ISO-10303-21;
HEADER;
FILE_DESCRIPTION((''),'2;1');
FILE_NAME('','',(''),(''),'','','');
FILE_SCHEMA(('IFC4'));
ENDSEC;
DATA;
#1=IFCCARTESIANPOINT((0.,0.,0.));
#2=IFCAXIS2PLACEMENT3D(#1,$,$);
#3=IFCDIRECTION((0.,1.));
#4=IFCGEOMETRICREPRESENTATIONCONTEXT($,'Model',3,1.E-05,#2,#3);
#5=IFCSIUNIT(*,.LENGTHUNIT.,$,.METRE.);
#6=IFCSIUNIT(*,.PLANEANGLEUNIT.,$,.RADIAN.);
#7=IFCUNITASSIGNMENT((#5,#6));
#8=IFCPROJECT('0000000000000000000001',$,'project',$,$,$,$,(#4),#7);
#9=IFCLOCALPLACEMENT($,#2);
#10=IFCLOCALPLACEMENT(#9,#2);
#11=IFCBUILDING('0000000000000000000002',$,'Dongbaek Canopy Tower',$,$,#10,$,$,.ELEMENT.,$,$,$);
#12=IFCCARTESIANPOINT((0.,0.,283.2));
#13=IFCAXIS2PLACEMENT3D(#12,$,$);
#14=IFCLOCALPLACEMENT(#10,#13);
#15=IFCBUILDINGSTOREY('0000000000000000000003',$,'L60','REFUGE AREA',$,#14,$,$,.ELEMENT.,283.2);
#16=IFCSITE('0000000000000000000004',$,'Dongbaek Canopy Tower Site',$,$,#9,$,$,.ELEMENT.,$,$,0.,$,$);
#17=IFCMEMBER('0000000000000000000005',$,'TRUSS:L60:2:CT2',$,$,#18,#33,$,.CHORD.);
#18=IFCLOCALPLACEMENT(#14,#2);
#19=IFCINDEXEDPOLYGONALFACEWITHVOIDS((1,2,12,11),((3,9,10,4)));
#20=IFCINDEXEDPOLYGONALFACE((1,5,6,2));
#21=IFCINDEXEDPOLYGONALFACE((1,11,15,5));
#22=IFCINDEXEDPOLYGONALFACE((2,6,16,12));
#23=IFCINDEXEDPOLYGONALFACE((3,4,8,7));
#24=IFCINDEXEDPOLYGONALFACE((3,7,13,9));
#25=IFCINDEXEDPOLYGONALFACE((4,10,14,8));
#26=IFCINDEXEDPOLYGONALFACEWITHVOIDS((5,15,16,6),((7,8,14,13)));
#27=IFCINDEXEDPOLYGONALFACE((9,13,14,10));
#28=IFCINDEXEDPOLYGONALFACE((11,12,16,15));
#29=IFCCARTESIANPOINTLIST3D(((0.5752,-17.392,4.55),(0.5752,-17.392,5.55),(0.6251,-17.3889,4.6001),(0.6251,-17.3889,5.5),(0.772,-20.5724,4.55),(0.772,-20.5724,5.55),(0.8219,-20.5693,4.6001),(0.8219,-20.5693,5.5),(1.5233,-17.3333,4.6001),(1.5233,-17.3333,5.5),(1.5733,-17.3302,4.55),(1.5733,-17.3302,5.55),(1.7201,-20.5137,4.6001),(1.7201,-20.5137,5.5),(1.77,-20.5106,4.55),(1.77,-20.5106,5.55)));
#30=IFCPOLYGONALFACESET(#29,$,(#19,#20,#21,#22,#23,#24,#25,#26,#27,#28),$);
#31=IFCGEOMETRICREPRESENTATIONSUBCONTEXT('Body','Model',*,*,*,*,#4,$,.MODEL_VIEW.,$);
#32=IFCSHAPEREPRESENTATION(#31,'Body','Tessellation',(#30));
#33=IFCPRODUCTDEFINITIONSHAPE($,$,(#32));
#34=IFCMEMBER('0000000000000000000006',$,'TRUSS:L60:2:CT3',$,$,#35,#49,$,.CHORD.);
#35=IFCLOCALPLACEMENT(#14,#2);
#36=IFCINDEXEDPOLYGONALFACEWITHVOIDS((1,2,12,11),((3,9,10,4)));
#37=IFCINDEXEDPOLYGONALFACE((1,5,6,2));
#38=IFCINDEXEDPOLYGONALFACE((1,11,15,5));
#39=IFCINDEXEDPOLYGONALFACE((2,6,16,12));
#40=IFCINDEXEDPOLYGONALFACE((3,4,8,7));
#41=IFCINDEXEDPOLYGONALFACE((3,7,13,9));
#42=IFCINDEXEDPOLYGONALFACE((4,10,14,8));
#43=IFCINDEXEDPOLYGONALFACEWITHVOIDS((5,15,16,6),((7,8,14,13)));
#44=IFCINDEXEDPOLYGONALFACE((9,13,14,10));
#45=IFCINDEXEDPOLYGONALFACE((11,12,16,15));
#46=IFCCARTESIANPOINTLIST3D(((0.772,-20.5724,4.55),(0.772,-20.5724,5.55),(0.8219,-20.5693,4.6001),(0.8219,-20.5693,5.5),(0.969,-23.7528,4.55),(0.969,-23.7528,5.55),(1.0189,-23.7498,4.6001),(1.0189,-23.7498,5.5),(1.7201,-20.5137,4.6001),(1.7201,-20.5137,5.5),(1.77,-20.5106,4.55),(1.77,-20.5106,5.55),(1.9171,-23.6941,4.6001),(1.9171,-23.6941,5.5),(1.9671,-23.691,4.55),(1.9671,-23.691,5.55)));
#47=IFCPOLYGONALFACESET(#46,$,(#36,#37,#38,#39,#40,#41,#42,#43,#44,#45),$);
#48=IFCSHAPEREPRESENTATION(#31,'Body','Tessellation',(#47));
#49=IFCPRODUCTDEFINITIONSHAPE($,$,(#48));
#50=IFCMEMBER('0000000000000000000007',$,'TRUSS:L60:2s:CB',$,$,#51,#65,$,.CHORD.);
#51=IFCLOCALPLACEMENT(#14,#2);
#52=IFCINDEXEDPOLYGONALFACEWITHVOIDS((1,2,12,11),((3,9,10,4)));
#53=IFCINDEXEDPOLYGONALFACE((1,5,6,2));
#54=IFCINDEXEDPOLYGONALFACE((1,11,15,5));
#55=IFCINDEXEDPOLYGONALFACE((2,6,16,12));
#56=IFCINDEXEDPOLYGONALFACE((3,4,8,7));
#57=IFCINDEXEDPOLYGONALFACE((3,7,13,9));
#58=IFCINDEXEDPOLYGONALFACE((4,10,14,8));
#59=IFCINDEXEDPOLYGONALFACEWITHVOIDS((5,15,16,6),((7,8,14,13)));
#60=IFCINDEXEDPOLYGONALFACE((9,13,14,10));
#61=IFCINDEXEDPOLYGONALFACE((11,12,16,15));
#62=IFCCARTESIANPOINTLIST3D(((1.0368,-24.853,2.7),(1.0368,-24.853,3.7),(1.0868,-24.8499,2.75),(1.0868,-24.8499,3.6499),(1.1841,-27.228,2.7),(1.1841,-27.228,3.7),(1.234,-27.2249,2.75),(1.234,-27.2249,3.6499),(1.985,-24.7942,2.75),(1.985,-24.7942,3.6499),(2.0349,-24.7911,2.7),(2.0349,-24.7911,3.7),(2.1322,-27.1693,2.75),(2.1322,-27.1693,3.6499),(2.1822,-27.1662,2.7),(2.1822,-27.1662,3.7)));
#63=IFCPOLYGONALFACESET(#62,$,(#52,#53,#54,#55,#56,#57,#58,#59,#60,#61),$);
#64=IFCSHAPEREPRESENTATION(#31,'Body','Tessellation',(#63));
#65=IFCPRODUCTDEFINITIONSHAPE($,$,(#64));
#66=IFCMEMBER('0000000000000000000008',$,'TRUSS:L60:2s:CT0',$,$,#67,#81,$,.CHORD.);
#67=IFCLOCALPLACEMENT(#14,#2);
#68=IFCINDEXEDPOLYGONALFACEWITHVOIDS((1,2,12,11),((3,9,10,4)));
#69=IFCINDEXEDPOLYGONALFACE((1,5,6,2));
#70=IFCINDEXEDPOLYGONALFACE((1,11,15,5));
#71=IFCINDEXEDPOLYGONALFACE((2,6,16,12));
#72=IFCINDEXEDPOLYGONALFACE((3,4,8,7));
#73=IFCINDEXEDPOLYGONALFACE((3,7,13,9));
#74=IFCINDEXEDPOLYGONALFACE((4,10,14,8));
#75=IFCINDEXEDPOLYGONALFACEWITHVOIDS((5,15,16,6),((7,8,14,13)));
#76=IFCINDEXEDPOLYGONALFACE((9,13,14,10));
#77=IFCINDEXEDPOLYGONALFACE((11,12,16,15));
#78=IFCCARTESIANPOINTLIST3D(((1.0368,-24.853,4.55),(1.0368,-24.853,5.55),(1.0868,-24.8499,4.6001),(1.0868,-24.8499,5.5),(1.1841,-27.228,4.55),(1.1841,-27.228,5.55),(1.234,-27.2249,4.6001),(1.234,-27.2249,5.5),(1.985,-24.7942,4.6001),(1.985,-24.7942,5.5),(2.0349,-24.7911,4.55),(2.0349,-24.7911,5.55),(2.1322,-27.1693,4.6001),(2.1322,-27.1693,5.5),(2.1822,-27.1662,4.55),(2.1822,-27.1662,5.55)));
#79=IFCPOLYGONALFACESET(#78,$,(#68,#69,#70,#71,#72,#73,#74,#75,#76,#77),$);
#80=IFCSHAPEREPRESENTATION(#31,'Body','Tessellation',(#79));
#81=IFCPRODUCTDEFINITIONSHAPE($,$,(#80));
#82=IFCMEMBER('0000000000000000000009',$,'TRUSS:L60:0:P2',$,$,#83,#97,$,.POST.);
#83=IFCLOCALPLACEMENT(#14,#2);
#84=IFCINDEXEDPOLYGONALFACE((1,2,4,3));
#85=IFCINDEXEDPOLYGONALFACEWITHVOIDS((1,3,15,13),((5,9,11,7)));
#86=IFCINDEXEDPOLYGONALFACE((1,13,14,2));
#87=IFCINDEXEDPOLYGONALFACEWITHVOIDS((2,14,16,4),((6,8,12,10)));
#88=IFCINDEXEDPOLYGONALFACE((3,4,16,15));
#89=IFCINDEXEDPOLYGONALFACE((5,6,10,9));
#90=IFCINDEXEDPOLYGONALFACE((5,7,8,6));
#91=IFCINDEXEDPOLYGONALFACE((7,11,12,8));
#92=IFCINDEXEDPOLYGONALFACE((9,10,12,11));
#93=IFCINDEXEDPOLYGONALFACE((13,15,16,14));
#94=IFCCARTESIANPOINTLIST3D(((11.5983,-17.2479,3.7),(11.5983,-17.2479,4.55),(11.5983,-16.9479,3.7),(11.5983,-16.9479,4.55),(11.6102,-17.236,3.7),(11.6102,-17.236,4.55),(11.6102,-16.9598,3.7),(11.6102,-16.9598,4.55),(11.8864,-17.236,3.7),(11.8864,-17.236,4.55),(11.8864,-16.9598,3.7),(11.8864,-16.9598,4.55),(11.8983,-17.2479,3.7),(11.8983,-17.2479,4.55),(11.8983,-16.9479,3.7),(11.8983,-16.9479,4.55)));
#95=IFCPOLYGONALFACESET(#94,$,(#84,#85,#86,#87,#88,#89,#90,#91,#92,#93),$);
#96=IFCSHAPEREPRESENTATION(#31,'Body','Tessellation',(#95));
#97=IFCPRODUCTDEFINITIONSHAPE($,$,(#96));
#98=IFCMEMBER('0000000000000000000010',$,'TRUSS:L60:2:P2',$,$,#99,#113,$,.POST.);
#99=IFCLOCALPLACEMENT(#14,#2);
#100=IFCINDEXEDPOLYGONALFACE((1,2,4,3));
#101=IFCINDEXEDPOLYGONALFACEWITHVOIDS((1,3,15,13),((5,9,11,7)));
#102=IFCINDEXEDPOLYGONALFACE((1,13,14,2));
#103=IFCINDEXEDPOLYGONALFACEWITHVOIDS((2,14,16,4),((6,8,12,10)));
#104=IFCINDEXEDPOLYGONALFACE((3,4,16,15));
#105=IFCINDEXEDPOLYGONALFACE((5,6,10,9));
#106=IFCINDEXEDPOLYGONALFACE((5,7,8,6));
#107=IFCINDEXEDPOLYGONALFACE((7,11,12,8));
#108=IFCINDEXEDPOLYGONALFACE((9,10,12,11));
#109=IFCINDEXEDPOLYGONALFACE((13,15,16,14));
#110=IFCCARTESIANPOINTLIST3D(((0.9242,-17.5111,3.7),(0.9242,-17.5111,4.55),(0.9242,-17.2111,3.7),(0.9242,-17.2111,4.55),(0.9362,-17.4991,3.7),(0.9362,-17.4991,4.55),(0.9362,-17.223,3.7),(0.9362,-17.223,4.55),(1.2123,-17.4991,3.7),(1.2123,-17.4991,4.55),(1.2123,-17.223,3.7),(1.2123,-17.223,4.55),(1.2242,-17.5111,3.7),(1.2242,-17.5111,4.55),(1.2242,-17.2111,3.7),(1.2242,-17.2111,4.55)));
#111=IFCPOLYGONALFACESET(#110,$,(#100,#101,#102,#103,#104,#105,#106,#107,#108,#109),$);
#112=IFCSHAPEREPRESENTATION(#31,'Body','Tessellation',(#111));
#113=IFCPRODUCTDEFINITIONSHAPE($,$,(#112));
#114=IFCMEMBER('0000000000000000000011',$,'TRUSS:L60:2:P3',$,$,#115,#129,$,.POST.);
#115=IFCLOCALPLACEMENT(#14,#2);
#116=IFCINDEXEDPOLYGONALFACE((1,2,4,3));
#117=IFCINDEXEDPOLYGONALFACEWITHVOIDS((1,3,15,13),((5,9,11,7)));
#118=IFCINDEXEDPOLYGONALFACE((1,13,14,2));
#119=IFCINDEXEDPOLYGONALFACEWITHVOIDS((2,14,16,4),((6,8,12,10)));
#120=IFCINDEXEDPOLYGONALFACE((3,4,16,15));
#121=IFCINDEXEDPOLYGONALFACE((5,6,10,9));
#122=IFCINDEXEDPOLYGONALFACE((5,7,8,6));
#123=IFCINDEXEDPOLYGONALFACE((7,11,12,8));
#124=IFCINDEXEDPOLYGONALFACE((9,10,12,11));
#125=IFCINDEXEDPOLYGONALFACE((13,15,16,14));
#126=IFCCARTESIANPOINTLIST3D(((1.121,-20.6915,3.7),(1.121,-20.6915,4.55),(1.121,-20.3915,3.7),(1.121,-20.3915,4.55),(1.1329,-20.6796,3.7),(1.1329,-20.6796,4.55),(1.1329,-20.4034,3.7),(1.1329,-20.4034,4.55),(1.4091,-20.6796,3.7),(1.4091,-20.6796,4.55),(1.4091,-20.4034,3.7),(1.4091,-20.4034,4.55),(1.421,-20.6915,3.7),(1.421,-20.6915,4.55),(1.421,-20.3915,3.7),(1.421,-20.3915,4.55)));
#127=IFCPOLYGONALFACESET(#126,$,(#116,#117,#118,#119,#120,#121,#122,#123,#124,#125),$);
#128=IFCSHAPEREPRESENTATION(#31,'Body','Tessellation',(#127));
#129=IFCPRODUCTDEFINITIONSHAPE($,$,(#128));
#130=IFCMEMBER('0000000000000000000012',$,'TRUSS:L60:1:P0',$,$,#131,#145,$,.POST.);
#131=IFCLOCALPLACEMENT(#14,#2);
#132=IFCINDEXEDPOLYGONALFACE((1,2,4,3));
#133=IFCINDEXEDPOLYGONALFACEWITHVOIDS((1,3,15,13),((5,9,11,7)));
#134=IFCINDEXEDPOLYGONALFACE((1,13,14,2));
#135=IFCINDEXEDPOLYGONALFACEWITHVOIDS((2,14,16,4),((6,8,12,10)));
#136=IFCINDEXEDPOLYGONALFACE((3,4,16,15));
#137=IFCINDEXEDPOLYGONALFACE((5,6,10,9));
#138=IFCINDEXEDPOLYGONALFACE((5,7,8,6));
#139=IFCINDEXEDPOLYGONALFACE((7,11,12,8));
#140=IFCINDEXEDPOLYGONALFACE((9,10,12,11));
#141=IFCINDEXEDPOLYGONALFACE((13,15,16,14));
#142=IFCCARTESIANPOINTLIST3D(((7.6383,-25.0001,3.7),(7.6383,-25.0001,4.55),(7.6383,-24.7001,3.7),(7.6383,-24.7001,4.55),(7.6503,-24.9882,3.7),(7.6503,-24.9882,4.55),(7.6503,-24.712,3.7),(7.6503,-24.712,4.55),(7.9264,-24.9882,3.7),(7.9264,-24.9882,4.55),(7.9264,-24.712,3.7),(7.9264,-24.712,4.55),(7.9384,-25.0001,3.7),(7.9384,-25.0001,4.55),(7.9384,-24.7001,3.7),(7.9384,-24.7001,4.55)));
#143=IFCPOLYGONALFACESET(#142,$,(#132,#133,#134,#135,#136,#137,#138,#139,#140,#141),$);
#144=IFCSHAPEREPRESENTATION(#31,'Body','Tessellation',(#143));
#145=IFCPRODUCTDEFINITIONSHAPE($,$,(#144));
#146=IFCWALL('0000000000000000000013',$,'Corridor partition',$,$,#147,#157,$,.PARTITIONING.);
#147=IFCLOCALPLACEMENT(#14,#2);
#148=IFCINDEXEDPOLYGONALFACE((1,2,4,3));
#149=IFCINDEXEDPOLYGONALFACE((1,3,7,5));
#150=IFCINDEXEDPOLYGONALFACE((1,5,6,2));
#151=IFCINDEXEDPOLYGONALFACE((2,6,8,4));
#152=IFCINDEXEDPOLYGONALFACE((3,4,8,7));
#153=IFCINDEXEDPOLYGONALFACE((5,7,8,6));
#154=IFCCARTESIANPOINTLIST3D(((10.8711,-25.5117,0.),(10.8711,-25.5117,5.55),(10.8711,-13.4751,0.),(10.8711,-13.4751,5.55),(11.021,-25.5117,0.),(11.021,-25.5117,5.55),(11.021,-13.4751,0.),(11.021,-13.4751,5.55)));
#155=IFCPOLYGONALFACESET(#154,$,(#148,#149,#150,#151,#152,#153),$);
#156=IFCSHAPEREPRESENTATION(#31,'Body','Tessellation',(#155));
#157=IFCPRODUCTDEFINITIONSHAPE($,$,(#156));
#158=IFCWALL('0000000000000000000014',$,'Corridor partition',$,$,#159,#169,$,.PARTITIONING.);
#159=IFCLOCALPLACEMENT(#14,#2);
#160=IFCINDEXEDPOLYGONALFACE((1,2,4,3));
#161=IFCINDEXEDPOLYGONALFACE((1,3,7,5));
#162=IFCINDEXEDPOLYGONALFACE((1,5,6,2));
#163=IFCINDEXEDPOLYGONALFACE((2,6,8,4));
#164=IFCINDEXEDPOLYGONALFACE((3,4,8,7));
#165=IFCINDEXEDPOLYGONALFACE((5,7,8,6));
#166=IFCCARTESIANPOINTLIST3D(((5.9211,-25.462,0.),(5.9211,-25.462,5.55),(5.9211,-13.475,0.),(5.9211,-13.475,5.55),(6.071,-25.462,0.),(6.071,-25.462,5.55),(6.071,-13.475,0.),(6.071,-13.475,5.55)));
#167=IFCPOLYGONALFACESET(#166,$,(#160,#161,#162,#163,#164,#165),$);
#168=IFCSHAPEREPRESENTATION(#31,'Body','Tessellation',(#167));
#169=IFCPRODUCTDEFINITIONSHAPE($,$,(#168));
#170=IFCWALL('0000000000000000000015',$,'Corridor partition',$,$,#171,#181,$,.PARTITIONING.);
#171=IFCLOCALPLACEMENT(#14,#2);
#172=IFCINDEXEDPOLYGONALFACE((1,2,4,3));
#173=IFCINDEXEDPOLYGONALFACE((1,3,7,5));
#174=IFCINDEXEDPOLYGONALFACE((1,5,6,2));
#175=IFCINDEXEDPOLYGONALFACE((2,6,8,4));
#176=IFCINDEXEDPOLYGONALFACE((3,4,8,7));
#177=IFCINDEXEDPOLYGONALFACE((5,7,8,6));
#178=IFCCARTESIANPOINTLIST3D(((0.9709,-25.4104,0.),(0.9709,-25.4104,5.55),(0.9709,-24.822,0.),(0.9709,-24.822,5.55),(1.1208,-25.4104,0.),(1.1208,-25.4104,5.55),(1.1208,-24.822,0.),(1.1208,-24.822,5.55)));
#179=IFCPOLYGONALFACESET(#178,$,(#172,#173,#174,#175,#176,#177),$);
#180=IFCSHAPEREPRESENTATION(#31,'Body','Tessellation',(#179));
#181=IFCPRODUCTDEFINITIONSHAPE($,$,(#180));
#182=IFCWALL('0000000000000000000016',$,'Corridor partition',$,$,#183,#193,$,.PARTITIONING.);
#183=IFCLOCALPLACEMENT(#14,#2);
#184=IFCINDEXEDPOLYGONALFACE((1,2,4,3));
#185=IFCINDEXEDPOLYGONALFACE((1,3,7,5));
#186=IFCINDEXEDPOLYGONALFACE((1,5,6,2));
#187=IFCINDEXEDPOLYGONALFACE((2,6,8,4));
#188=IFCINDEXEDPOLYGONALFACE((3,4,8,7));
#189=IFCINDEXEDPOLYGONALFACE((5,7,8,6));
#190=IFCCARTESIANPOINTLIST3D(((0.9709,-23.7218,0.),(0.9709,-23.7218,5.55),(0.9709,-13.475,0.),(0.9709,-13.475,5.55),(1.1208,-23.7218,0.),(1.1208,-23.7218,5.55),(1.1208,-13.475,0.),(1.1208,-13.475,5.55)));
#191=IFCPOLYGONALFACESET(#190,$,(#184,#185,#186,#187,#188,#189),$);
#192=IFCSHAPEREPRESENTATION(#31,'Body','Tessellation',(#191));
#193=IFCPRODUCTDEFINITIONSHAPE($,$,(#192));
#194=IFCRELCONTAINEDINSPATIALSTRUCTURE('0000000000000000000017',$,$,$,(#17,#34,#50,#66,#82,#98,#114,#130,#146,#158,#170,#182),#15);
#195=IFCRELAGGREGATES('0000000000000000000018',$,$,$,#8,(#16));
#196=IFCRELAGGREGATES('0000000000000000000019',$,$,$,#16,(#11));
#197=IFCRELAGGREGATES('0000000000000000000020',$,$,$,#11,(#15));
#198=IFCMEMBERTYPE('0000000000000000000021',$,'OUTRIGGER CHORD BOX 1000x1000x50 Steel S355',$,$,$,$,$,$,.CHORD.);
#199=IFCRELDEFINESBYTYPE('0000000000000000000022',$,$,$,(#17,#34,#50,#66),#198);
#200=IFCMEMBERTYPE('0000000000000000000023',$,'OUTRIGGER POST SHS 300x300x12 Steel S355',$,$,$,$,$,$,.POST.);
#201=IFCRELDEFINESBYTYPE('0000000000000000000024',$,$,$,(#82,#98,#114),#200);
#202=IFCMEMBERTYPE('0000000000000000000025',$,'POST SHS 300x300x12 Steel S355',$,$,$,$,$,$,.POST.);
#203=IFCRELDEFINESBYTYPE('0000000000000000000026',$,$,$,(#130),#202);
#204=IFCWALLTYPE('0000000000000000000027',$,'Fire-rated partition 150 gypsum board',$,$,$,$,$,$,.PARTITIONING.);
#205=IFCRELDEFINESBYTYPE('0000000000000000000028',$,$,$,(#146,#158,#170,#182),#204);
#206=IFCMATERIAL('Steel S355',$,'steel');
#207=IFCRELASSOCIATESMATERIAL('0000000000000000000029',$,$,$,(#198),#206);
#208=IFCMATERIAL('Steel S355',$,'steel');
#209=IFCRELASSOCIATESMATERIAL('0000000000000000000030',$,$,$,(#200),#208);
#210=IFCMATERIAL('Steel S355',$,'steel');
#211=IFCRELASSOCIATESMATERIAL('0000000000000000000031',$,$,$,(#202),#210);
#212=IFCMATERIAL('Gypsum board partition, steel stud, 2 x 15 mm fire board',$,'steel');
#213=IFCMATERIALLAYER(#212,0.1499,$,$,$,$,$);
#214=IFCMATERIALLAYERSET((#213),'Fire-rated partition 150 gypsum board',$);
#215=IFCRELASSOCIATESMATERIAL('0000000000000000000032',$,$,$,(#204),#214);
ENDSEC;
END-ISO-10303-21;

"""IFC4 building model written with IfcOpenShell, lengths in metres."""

from ifc_helpers import new_model, si_unit, direction, frame, frame_2d, origin, origin_2d, place, context, subcontext, project, spatial, rectangle, hollow_rectangle, extrude, material, layer, layer_set, material_profile, profile_set, type_object, element, save


model = new_model("IFC4")

# Units and contexts
model_context = context("Model", 3, precision=1e-05, world=origin(), true_north=direction((0.0, 1.0)))
body_context = subcontext(model_context, "Body", "Model", "MODEL_VIEW")
ifc_project = project(units=[si_unit("LENGTHUNIT", "METRE"), si_unit("PLANEANGLEUNIT", "RADIAN")], contexts=[model_context])

# Site, building, storey
site_placement = place(None, origin())
site = spatial("IfcSite", under=ifc_project, at=site_placement, Name="Dongbaek Canopy Tower Site", CompositionType="ELEMENT", RefElevation=0.0)
building_placement = place(site_placement, origin())
building = spatial("IfcBuilding", under=site, at=building_placement, Name="Dongbaek Canopy Tower", CompositionType="ELEMENT")
storey_placement = place(building_placement, frame((0.0, 0.0, 283.2)))
storey = spatial("IfcBuildingStorey", under=building, at=storey_placement, Name="L60", Description="REFUGE AREA", CompositionType="ELEMENT", Elevation=283.2)

# Members
ifc_material_1 = material(Name="Steel S355", Category="steel")
ifc_material_profile_1 = material_profile(ifc_material_1, hollow_rectangle(XDim=1.0, YDim=1.0, WallThickness=0.05, at=origin_2d()), Name="OUTRIGGER CHORD BOX 1000x1000x50 Steel S355")
ifc_profile_set_1 = profile_set([ifc_material_profile_1], Name="Steel S355")
member_type_1 = type_object("IfcMemberType", Name="OUTRIGGER CHORD BOX 1000x1000x50 Steel S355", PredefinedType="CHORD", material=ifc_profile_set_1)
for number, where, z_axis, x_axis, name in (
    (1, (1.0742, -17.3611, 5.05), (0.061753, -0.998091, 0.0), (0.998091, 0.061753, 0.0), "TRUSS:L60:2:CT2"),
    (2, (1.271, -20.5415, 5.05), (0.06183, -0.998087, 0.0), (0.998087, 0.06183, 0.0), "TRUSS:L60:2:CT3"),
):
    element("IfcMember", number, at=place(storey_placement, frame(where, z_axis=z_axis, x_axis=x_axis)), inside=storey, type_object=member_type_1, Name=name, PredefinedType="CHORD", context=body_context, shape_type="SweptSolid", body=[
        extrude(hollow_rectangle(XDim=1.0, YDim=1.0, WallThickness=0.05, at=origin_2d()), origin(), (0.0, 0.0, 1.0), 3.1865),
    ])
for number, where, z_axis, x_axis, name in (
    (3, (1.5359, -24.822, 3.2), (0.061867, -0.998084, 0.0), (0.998084, 0.061867, 0.0), "TRUSS:L60:2s:CB"),
    (4, (1.5359, -24.822, 5.05), (0.061867, -0.998084, 0.0), (0.998084, 0.061867, 0.0), "TRUSS:L60:2s:CT0"),
):
    element("IfcMember", number, at=place(storey_placement, frame(where, z_axis=z_axis, x_axis=x_axis)), inside=storey, type_object=member_type_1, Name=name, PredefinedType="CHORD", context=body_context, shape_type="SweptSolid", body=[
        extrude(hollow_rectangle(XDim=1.0, YDim=1.0, WallThickness=0.05, at=origin_2d()), origin(), (0.0, 0.0, 1.0), 2.3796),
    ])
ifc_material_2 = material(Name="Steel S355", Category="steel")
ifc_material_profile_2 = material_profile(ifc_material_2, hollow_rectangle(XDim=0.3, YDim=0.3, WallThickness=0.012, at=origin_2d()), Name="OUTRIGGER POST SHS 300x300x12 Steel S355")
ifc_profile_set_2 = profile_set([ifc_material_profile_2], Name="Steel S355")
member_type_2 = type_object("IfcMemberType", Name="OUTRIGGER POST SHS 300x300x12 Steel S355", PredefinedType="POST", material=ifc_profile_set_2)
for number, where, z_axis, x_axis, name in (
    (5, (11.7483, -17.0979, 3.7), (0.0, 0.0, 1.0), (1.0, 0.0, 0.0), "TRUSS:L60:0:P2"),
    (6, (1.0742, -17.3611, 3.7), (0.0, 0.0, 1.0), (1.0, 0.0, 0.0), "TRUSS:L60:2:P2"),
    (7, (1.271, -20.5415, 3.7), (0.0, 0.0, 1.0), (1.0, 0.0, 0.0), "TRUSS:L60:2:P3"),
):
    element("IfcMember", number, at=place(storey_placement, frame(where, z_axis=z_axis, x_axis=x_axis)), inside=storey, type_object=member_type_2, Name=name, PredefinedType="POST", context=body_context, shape_type="SweptSolid", body=[
        extrude(hollow_rectangle(XDim=0.3, YDim=0.3, WallThickness=0.012, at=origin_2d()), origin(), (0.0, 0.0, 1.0), 0.8501),
    ])
ifc_material_3 = material(Name="Steel S355", Category="steel")
ifc_material_profile_3 = material_profile(ifc_material_3, hollow_rectangle(XDim=0.3, YDim=0.3, WallThickness=0.012, at=origin_2d()), Name="POST SHS 300x300x12 Steel S355")
ifc_profile_set_3 = profile_set([ifc_material_profile_3], Name="Steel S355")
member_type_3 = type_object("IfcMemberType", Name="POST SHS 300x300x12 Steel S355", PredefinedType="POST", material=ifc_profile_set_3)
member_1_placement = place(storey_placement, frame((7.7883, -24.8501, 3.7), z_axis=(0.0, 0.0, 1.0), x_axis=(1.0, 0.0, 0.0)))
element("IfcMember", 8, at=member_1_placement, inside=storey, type_object=member_type_3, Name="TRUSS:L60:1:P0", PredefinedType="POST", context=body_context, shape_type="SweptSolid", body=[
    extrude(hollow_rectangle(XDim=0.3, YDim=0.3, WallThickness=0.012, at=origin_2d()), origin(), (0.0, 0.0, 1.0), 0.8501),
])

# Walls
ifc_material_4 = material(Name="Gypsum board partition, steel stud, 2 x 15 mm fire board", Category="steel")
ifc_layer_1 = layer(ifc_material_4, 0.1499)
ifc_layer_set_1 = layer_set([ifc_layer_1], Name="Fire-rated partition 150 gypsum board")
wall_type_1 = type_object("IfcWallType", Name="Fire-rated partition 150 gypsum board", PredefinedType="PARTITIONING", material=ifc_layer_set_1)
wall_1_placement = place(storey_placement, frame((10.946, -25.5117, 0.0), z_axis=(0.0, 0.0, 1.0), x_axis=(0.0, 1.0, 0.0)))
element("IfcWall", 9, at=wall_1_placement, inside=storey, type_object=wall_type_1, Name="Corridor partition", PredefinedType="PARTITIONING", context=body_context, shape_type="SweptSolid", body=[
    extrude(rectangle(XDim=12.0366, YDim=0.1499, at=frame_2d((6.0183, 0.0))), origin(), (0.0, 0.0, 1.0), 5.55),
])
wall_2_placement = place(storey_placement, frame((5.9961, -25.4622, 0.0), z_axis=(0.0, 0.0, 1.0), x_axis=(0.0, 1.0, 0.0)))
element("IfcWall", 10, at=wall_2_placement, inside=storey, type_object=wall_type_1, Name="Corridor partition", PredefinedType="PARTITIONING", context=body_context, shape_type="SweptSolid", body=[
    extrude(rectangle(XDim=11.9871, YDim=0.1499, at=frame_2d((5.9937, 0.0))), origin(), (0.0, 0.0, 1.0), 5.55),
])
wall_3_placement = place(storey_placement, frame((1.0459, -25.4104, 0.0), z_axis=(0.0, 0.0, 1.0), x_axis=(0.0, 1.0, 0.0)))
element("IfcWall", 11, at=wall_3_placement, inside=storey, type_object=wall_type_1, Name="Corridor partition", PredefinedType="PARTITIONING", context=body_context, shape_type="SweptSolid", body=[
    extrude(rectangle(XDim=0.5884, YDim=0.1499, at=frame_2d((0.2942, 0.0))), origin(), (0.0, 0.0, 1.0), 5.55),
])
wall_4_placement = place(storey_placement, frame((1.0459, -23.7219, 0.0), z_axis=(0.0, 0.0, 1.0), x_axis=(0.0, 1.0, 0.0)))
element("IfcWall", 12, at=wall_4_placement, inside=storey, type_object=wall_type_1, Name="Corridor partition", PredefinedType="PARTITIONING", context=body_context, shape_type="SweptSolid", body=[
    extrude(rectangle(XDim=10.2468, YDim=0.1499, at=frame_2d((5.1235, 0.0))), origin(), (0.0, 0.0, 1.0), 5.55),
])

save(model, "model.ifc")
